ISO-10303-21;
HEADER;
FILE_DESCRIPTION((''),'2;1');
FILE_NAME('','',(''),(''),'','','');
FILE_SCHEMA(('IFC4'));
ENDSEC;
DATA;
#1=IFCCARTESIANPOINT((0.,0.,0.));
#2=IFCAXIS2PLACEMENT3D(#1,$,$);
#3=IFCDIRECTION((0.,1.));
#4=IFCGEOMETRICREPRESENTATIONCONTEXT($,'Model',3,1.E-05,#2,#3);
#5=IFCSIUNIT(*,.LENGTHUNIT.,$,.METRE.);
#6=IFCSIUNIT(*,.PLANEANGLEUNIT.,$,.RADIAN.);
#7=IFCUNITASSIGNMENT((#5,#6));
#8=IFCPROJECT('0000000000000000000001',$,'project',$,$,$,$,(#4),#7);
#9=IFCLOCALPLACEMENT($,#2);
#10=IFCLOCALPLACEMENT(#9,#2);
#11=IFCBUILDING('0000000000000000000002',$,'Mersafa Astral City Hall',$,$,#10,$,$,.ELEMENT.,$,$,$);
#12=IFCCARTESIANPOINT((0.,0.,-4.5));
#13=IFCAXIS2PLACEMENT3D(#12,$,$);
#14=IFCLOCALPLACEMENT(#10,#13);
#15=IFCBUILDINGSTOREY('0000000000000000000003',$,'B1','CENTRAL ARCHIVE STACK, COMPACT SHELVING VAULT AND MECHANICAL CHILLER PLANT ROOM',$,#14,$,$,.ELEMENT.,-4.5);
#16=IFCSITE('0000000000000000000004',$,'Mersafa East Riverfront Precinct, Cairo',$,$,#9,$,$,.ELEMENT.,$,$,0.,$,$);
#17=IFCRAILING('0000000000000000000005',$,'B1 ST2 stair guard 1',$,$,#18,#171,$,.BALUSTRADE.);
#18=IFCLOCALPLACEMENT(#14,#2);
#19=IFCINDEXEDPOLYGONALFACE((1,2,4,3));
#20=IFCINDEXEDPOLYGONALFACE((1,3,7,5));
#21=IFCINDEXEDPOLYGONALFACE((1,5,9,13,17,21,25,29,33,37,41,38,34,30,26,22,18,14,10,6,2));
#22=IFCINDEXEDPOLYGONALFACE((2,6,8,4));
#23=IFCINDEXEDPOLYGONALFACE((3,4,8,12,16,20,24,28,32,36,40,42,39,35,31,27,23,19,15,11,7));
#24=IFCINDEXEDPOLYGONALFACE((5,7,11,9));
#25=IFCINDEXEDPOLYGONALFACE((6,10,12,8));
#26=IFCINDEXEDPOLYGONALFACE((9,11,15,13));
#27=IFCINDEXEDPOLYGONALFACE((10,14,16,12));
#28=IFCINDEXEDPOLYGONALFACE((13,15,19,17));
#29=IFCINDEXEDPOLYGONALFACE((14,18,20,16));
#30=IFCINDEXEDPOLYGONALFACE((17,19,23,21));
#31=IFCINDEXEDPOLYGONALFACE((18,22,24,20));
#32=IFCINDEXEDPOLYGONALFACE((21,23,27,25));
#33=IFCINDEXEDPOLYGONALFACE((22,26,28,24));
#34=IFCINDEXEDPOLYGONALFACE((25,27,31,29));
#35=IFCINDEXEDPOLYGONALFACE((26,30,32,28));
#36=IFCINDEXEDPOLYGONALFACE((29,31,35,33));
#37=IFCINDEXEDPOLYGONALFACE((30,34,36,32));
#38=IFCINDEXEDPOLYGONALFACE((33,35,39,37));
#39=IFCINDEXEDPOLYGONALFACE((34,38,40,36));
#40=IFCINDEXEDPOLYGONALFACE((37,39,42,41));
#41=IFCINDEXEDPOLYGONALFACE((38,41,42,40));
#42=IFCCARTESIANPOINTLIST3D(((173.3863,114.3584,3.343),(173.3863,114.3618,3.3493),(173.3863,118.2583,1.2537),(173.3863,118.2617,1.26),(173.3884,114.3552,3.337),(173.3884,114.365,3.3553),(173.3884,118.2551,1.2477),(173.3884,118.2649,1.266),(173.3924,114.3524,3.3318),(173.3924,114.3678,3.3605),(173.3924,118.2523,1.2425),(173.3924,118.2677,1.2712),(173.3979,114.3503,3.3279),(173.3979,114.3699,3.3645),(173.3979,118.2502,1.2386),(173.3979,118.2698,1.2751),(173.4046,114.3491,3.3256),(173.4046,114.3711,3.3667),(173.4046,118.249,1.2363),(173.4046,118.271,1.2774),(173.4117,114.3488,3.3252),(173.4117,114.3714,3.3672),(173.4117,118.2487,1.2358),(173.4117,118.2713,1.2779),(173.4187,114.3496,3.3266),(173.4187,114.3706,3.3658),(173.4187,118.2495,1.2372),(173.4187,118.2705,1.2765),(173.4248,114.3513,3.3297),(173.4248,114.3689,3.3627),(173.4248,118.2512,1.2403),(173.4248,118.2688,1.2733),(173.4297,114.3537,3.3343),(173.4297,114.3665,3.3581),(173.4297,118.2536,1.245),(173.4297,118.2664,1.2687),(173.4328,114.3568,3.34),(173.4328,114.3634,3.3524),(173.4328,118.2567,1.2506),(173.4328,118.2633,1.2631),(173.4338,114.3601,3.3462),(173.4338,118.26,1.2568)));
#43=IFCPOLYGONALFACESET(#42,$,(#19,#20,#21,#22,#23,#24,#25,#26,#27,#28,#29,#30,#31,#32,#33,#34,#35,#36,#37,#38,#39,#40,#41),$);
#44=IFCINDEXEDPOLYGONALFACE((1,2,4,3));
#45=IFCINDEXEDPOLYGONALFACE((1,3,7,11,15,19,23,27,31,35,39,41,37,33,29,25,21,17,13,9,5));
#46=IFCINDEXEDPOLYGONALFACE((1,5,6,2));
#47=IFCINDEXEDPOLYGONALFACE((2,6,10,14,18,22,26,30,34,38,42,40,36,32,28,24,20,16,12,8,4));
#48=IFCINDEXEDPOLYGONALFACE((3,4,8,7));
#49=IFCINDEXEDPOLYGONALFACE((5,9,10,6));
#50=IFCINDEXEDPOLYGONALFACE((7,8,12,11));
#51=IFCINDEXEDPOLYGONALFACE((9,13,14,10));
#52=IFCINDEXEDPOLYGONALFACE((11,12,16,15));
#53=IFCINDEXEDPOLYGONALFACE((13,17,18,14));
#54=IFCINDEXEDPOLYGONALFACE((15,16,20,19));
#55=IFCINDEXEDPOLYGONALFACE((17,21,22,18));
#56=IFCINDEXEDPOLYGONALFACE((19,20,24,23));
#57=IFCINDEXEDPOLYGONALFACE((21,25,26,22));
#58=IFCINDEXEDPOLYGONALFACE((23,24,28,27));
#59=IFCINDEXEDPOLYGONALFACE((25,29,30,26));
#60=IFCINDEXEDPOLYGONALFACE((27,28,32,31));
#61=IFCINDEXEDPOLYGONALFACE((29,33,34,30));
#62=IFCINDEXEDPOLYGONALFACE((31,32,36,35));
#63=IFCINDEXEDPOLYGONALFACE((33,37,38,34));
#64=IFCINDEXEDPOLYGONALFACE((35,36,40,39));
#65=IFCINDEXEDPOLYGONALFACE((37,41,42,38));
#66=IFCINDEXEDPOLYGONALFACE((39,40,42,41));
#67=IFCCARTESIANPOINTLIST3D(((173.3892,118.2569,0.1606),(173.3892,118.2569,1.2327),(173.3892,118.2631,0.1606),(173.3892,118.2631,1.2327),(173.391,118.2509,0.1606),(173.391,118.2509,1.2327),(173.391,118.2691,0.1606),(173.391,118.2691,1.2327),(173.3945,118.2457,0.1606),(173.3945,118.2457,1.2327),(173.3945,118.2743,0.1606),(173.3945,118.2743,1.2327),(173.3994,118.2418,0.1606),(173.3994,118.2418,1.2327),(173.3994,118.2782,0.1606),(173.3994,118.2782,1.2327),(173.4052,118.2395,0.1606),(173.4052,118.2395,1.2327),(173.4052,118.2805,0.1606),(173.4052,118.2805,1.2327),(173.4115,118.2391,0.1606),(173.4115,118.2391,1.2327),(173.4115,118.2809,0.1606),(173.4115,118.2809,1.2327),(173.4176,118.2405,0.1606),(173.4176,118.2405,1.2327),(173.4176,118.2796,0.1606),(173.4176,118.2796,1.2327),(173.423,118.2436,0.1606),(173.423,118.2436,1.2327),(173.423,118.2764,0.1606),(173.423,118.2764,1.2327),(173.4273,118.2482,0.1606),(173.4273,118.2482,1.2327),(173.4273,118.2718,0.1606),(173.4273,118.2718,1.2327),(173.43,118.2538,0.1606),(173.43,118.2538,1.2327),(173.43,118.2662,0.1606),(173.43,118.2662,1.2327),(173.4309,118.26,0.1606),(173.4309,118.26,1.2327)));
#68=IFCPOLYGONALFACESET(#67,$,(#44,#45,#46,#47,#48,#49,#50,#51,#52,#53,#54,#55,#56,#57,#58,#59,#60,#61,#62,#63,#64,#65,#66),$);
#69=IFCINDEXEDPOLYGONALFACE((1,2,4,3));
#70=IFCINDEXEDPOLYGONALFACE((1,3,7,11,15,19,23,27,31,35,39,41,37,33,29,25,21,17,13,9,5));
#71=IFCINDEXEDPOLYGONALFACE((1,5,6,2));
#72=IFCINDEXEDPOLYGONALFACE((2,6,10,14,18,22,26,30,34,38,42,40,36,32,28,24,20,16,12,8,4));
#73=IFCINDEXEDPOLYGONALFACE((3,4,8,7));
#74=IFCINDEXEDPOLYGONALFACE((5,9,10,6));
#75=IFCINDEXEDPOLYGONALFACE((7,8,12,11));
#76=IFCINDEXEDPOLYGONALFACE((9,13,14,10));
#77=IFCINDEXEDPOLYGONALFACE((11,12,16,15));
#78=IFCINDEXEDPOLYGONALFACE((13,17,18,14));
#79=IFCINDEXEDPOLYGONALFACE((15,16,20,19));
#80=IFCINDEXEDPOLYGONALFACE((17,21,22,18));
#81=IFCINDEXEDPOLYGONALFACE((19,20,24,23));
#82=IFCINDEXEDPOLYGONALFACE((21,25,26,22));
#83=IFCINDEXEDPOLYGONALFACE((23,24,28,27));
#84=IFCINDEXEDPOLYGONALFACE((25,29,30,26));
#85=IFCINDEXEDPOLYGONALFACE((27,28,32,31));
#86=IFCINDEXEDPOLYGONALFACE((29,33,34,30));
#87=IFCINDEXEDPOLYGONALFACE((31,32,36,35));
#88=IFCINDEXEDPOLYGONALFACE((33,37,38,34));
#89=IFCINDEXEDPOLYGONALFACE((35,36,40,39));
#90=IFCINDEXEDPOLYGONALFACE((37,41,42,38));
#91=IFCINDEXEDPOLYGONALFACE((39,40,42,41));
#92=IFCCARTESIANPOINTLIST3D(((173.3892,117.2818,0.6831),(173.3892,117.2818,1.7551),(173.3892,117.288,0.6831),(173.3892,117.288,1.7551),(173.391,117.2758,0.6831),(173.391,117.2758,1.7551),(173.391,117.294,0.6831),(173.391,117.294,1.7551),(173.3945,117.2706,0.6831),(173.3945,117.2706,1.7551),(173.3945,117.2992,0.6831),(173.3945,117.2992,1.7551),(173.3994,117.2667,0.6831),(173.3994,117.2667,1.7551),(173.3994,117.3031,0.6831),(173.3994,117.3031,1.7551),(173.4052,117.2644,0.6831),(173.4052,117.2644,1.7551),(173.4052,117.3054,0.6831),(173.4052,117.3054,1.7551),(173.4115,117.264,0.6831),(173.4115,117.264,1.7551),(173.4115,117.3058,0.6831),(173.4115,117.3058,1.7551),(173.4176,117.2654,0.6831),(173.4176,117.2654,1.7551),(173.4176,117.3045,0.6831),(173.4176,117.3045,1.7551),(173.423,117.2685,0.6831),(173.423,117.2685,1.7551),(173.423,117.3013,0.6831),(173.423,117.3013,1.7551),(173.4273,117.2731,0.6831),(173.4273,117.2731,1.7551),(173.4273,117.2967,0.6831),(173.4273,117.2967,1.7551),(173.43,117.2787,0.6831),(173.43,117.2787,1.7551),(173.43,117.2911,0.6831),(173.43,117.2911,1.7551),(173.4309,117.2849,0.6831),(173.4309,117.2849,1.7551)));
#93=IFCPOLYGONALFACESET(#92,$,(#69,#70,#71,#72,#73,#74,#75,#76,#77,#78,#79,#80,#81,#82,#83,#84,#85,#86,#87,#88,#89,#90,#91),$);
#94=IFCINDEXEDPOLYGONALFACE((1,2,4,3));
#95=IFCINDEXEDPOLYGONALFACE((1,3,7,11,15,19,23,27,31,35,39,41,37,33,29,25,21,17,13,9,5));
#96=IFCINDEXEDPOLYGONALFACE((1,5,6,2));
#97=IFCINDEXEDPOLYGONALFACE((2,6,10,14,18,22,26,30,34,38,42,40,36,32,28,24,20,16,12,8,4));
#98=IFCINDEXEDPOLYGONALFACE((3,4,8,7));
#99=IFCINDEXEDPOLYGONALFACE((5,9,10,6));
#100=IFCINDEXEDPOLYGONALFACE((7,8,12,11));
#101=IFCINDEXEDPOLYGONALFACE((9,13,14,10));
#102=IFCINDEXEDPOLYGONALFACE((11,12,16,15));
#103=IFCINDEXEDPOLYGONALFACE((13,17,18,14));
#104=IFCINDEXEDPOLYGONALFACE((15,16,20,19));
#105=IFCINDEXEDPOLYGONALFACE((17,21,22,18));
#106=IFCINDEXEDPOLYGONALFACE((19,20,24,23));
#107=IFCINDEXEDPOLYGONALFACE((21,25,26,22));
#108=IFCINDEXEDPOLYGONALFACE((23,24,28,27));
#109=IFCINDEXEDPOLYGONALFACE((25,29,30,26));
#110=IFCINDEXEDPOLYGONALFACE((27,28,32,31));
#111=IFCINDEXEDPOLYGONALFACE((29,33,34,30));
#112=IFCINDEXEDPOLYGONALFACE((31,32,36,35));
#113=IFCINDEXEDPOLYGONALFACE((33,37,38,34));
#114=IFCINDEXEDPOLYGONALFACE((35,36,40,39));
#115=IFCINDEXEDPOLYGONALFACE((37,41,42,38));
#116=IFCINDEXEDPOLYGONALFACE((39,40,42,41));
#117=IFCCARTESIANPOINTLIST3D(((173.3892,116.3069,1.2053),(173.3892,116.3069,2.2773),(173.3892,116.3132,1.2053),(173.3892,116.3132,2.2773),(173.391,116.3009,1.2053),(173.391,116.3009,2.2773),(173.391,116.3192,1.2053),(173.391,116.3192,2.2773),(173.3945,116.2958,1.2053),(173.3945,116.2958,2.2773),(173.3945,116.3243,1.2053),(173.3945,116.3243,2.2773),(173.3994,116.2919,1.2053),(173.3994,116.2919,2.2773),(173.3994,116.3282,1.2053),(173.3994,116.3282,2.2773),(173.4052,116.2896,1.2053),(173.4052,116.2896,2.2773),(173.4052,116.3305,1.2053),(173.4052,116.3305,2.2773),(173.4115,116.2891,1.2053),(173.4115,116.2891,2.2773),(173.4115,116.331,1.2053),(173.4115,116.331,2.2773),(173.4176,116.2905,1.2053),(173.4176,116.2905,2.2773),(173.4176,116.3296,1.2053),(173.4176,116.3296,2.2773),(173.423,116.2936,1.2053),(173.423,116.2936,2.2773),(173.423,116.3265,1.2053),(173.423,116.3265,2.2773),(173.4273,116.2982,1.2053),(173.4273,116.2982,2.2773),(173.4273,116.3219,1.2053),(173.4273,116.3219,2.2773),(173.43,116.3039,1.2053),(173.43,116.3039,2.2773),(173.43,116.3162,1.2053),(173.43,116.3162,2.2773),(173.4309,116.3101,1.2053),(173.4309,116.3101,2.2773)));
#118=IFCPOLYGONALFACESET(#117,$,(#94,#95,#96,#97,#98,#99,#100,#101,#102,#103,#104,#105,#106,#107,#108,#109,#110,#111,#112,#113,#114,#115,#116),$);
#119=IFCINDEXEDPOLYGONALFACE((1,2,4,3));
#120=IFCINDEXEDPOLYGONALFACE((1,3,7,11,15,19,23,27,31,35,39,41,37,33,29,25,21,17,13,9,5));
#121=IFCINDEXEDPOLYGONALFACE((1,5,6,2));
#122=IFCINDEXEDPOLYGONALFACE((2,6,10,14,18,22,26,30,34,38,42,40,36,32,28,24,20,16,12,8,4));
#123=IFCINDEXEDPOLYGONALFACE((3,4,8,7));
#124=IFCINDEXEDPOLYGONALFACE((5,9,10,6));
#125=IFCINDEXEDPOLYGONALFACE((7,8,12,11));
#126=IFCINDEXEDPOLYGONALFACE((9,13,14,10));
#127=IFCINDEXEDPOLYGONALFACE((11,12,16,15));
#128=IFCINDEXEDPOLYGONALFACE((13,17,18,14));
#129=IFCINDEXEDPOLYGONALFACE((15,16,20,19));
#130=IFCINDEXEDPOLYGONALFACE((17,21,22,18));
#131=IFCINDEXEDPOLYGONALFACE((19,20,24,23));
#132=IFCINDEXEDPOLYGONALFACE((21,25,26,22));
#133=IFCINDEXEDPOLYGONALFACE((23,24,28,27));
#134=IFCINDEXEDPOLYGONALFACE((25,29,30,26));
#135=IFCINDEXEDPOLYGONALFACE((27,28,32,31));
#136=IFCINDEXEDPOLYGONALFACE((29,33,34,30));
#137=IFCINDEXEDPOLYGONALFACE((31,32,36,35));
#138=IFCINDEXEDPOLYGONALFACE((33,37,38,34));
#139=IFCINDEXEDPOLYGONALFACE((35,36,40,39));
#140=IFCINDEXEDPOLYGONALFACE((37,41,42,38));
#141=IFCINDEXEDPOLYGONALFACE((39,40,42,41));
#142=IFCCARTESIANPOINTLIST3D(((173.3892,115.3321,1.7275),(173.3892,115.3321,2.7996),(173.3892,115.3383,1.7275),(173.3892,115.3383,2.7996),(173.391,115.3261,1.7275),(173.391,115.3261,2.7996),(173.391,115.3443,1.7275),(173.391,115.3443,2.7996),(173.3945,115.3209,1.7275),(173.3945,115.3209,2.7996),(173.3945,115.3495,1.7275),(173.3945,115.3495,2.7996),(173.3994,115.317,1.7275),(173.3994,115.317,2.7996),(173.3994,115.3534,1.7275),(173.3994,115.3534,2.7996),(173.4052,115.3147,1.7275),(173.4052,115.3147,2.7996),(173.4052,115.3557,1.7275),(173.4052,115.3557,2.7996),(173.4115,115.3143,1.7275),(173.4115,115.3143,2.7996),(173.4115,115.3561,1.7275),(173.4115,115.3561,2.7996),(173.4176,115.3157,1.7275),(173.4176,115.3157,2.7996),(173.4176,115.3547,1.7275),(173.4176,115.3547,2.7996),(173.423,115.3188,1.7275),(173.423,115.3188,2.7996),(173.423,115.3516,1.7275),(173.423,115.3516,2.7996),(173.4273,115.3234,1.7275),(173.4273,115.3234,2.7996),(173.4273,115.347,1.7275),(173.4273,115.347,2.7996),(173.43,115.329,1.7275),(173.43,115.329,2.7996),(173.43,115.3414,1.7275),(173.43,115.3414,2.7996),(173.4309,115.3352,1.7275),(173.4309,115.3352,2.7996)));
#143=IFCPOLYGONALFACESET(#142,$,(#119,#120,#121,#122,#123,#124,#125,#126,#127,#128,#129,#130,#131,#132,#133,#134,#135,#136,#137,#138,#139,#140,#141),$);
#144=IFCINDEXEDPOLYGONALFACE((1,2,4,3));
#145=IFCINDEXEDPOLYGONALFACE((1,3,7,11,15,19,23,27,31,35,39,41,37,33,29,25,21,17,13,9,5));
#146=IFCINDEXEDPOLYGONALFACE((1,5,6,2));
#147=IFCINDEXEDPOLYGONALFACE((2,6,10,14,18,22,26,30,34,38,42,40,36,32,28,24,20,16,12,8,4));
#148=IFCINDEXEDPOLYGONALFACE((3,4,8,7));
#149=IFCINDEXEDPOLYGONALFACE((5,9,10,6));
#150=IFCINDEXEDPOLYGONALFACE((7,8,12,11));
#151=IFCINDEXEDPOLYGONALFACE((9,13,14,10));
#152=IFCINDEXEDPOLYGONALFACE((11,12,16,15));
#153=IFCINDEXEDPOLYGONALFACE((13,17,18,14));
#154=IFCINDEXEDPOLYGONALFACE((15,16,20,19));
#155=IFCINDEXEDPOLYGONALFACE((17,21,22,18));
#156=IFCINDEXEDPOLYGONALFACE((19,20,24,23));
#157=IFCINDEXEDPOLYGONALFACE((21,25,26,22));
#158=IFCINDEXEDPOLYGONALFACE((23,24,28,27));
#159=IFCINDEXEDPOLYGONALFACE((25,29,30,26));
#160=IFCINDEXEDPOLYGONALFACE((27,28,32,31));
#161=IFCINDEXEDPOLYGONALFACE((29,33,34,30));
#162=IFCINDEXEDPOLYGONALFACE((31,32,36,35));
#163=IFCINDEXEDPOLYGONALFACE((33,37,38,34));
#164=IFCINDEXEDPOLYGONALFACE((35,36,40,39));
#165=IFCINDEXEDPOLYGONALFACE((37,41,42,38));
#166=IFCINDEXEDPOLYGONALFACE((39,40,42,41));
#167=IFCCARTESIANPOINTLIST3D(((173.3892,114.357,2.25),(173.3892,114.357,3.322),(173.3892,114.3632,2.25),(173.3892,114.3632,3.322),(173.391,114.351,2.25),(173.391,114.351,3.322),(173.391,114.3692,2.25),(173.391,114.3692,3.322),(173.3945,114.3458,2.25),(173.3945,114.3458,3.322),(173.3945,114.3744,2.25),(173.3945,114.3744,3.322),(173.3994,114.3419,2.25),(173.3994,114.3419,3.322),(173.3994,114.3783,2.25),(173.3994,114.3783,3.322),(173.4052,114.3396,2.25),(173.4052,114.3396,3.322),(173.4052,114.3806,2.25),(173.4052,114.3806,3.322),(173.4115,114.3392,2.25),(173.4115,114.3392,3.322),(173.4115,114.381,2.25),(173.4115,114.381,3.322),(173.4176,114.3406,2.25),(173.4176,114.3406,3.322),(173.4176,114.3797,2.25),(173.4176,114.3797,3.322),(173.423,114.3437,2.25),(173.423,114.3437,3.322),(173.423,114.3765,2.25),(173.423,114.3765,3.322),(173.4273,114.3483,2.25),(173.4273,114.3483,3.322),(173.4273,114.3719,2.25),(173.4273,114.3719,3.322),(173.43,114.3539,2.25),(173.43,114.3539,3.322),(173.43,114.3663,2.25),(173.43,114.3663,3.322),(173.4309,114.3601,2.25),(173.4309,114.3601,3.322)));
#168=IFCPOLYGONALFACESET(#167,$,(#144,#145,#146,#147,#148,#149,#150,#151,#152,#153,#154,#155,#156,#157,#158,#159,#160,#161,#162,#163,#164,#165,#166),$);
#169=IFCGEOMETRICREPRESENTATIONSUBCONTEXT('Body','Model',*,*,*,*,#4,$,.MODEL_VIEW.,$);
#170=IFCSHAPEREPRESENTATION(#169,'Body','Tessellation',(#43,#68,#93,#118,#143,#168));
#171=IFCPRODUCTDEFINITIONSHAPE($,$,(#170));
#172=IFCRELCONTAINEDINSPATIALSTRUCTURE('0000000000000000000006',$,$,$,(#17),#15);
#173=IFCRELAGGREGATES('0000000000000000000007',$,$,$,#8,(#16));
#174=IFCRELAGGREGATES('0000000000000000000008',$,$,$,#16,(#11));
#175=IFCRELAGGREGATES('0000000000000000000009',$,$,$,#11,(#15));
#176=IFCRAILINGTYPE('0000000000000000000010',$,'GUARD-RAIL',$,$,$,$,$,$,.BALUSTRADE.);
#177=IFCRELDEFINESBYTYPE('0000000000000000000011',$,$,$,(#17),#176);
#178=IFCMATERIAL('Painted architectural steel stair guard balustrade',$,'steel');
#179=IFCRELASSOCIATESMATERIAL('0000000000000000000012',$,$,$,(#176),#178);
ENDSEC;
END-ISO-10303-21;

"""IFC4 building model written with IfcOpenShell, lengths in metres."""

from ifc_helpers import new_model, si_unit, direction, frame, origin, origin_2d, place, context, subcontext, project, spatial, circle, extrude, material, type_object, element, save


model = new_model("IFC4")

# Units and contexts
model_context = context("Model", 3, precision=1e-05, world=origin(), true_north=direction((0.0, 1.0)))
body_context = subcontext(model_context, "Body", "Model", "MODEL_VIEW")
ifc_project = project(units=[si_unit("LENGTHUNIT", "METRE"), si_unit("PLANEANGLEUNIT", "RADIAN")], contexts=[model_context])

# Site, building, storey
site_placement = place(None, origin())
site = spatial("IfcSite", under=ifc_project, at=site_placement, Name="Mersafa East Riverfront Precinct, Cairo", CompositionType="ELEMENT", RefElevation=0.0)
building_placement = place(site_placement, origin())
building = spatial("IfcBuilding", under=site, at=building_placement, Name="Mersafa Astral City Hall", CompositionType="ELEMENT")
storey_placement = place(building_placement, frame((0.0, 0.0, -4.5)))
storey = spatial("IfcBuildingStorey", under=building, at=storey_placement, Name="B1", Description="CENTRAL ARCHIVE STACK, COMPACT SHELVING VAULT AND MECHANICAL CHILLER PLANT ROOM", CompositionType="ELEMENT", Elevation=-4.5)

# Railing
ifc_material_1 = material(Name="Painted architectural steel stair guard balustrade", Category="steel")
railing_type_1 = type_object("IfcRailingType", Name="GUARD-RAIL", PredefinedType="BALUSTRADE", material=ifc_material_1)
railing_1_placement = place(storey_placement, frame((173.4099, 118.26, 0.1606)))
element("IfcRailing", 1, at=railing_1_placement, inside=storey, type_object=railing_type_1, Name="B1 ST2 stair guard 1", PredefinedType="BALUSTRADE", context=body_context, shape_type="SweptSolid", body=[
    extrude(circle(Radius=0.0239, at=origin_2d()), frame((0.0, 0.0, 1.0962), z_axis=(0.0, -0.881468, 0.472243), x_axis=(1.0, 0.0, 0.0)), (0.0, 0.0, 1.0), 4.4243),
    extrude(circle(Radius=0.021, at=origin_2d()), origin(), (0.0, 0.0, 1.0), 1.072),
    extrude(circle(Radius=0.021, at=origin_2d()), frame((0.0, -0.9751, 0.5225)), (0.0, 0.0, 1.0), 1.072),
    extrude(circle(Radius=0.021, at=origin_2d()), frame((0.0, -1.95, 1.0447)), (0.0, 0.0, 1.0), 1.072),
    extrude(circle(Radius=0.021, at=origin_2d()), frame((0.0, -2.9248, 1.5669)), (0.0, 0.0, 1.0), 1.072),
    extrude(circle(Radius=0.021, at=origin_2d()), frame((0.0, -3.8999, 2.0894)), (0.0, 0.0, 1.0), 1.072),
])

save(model, "model.ifc")
